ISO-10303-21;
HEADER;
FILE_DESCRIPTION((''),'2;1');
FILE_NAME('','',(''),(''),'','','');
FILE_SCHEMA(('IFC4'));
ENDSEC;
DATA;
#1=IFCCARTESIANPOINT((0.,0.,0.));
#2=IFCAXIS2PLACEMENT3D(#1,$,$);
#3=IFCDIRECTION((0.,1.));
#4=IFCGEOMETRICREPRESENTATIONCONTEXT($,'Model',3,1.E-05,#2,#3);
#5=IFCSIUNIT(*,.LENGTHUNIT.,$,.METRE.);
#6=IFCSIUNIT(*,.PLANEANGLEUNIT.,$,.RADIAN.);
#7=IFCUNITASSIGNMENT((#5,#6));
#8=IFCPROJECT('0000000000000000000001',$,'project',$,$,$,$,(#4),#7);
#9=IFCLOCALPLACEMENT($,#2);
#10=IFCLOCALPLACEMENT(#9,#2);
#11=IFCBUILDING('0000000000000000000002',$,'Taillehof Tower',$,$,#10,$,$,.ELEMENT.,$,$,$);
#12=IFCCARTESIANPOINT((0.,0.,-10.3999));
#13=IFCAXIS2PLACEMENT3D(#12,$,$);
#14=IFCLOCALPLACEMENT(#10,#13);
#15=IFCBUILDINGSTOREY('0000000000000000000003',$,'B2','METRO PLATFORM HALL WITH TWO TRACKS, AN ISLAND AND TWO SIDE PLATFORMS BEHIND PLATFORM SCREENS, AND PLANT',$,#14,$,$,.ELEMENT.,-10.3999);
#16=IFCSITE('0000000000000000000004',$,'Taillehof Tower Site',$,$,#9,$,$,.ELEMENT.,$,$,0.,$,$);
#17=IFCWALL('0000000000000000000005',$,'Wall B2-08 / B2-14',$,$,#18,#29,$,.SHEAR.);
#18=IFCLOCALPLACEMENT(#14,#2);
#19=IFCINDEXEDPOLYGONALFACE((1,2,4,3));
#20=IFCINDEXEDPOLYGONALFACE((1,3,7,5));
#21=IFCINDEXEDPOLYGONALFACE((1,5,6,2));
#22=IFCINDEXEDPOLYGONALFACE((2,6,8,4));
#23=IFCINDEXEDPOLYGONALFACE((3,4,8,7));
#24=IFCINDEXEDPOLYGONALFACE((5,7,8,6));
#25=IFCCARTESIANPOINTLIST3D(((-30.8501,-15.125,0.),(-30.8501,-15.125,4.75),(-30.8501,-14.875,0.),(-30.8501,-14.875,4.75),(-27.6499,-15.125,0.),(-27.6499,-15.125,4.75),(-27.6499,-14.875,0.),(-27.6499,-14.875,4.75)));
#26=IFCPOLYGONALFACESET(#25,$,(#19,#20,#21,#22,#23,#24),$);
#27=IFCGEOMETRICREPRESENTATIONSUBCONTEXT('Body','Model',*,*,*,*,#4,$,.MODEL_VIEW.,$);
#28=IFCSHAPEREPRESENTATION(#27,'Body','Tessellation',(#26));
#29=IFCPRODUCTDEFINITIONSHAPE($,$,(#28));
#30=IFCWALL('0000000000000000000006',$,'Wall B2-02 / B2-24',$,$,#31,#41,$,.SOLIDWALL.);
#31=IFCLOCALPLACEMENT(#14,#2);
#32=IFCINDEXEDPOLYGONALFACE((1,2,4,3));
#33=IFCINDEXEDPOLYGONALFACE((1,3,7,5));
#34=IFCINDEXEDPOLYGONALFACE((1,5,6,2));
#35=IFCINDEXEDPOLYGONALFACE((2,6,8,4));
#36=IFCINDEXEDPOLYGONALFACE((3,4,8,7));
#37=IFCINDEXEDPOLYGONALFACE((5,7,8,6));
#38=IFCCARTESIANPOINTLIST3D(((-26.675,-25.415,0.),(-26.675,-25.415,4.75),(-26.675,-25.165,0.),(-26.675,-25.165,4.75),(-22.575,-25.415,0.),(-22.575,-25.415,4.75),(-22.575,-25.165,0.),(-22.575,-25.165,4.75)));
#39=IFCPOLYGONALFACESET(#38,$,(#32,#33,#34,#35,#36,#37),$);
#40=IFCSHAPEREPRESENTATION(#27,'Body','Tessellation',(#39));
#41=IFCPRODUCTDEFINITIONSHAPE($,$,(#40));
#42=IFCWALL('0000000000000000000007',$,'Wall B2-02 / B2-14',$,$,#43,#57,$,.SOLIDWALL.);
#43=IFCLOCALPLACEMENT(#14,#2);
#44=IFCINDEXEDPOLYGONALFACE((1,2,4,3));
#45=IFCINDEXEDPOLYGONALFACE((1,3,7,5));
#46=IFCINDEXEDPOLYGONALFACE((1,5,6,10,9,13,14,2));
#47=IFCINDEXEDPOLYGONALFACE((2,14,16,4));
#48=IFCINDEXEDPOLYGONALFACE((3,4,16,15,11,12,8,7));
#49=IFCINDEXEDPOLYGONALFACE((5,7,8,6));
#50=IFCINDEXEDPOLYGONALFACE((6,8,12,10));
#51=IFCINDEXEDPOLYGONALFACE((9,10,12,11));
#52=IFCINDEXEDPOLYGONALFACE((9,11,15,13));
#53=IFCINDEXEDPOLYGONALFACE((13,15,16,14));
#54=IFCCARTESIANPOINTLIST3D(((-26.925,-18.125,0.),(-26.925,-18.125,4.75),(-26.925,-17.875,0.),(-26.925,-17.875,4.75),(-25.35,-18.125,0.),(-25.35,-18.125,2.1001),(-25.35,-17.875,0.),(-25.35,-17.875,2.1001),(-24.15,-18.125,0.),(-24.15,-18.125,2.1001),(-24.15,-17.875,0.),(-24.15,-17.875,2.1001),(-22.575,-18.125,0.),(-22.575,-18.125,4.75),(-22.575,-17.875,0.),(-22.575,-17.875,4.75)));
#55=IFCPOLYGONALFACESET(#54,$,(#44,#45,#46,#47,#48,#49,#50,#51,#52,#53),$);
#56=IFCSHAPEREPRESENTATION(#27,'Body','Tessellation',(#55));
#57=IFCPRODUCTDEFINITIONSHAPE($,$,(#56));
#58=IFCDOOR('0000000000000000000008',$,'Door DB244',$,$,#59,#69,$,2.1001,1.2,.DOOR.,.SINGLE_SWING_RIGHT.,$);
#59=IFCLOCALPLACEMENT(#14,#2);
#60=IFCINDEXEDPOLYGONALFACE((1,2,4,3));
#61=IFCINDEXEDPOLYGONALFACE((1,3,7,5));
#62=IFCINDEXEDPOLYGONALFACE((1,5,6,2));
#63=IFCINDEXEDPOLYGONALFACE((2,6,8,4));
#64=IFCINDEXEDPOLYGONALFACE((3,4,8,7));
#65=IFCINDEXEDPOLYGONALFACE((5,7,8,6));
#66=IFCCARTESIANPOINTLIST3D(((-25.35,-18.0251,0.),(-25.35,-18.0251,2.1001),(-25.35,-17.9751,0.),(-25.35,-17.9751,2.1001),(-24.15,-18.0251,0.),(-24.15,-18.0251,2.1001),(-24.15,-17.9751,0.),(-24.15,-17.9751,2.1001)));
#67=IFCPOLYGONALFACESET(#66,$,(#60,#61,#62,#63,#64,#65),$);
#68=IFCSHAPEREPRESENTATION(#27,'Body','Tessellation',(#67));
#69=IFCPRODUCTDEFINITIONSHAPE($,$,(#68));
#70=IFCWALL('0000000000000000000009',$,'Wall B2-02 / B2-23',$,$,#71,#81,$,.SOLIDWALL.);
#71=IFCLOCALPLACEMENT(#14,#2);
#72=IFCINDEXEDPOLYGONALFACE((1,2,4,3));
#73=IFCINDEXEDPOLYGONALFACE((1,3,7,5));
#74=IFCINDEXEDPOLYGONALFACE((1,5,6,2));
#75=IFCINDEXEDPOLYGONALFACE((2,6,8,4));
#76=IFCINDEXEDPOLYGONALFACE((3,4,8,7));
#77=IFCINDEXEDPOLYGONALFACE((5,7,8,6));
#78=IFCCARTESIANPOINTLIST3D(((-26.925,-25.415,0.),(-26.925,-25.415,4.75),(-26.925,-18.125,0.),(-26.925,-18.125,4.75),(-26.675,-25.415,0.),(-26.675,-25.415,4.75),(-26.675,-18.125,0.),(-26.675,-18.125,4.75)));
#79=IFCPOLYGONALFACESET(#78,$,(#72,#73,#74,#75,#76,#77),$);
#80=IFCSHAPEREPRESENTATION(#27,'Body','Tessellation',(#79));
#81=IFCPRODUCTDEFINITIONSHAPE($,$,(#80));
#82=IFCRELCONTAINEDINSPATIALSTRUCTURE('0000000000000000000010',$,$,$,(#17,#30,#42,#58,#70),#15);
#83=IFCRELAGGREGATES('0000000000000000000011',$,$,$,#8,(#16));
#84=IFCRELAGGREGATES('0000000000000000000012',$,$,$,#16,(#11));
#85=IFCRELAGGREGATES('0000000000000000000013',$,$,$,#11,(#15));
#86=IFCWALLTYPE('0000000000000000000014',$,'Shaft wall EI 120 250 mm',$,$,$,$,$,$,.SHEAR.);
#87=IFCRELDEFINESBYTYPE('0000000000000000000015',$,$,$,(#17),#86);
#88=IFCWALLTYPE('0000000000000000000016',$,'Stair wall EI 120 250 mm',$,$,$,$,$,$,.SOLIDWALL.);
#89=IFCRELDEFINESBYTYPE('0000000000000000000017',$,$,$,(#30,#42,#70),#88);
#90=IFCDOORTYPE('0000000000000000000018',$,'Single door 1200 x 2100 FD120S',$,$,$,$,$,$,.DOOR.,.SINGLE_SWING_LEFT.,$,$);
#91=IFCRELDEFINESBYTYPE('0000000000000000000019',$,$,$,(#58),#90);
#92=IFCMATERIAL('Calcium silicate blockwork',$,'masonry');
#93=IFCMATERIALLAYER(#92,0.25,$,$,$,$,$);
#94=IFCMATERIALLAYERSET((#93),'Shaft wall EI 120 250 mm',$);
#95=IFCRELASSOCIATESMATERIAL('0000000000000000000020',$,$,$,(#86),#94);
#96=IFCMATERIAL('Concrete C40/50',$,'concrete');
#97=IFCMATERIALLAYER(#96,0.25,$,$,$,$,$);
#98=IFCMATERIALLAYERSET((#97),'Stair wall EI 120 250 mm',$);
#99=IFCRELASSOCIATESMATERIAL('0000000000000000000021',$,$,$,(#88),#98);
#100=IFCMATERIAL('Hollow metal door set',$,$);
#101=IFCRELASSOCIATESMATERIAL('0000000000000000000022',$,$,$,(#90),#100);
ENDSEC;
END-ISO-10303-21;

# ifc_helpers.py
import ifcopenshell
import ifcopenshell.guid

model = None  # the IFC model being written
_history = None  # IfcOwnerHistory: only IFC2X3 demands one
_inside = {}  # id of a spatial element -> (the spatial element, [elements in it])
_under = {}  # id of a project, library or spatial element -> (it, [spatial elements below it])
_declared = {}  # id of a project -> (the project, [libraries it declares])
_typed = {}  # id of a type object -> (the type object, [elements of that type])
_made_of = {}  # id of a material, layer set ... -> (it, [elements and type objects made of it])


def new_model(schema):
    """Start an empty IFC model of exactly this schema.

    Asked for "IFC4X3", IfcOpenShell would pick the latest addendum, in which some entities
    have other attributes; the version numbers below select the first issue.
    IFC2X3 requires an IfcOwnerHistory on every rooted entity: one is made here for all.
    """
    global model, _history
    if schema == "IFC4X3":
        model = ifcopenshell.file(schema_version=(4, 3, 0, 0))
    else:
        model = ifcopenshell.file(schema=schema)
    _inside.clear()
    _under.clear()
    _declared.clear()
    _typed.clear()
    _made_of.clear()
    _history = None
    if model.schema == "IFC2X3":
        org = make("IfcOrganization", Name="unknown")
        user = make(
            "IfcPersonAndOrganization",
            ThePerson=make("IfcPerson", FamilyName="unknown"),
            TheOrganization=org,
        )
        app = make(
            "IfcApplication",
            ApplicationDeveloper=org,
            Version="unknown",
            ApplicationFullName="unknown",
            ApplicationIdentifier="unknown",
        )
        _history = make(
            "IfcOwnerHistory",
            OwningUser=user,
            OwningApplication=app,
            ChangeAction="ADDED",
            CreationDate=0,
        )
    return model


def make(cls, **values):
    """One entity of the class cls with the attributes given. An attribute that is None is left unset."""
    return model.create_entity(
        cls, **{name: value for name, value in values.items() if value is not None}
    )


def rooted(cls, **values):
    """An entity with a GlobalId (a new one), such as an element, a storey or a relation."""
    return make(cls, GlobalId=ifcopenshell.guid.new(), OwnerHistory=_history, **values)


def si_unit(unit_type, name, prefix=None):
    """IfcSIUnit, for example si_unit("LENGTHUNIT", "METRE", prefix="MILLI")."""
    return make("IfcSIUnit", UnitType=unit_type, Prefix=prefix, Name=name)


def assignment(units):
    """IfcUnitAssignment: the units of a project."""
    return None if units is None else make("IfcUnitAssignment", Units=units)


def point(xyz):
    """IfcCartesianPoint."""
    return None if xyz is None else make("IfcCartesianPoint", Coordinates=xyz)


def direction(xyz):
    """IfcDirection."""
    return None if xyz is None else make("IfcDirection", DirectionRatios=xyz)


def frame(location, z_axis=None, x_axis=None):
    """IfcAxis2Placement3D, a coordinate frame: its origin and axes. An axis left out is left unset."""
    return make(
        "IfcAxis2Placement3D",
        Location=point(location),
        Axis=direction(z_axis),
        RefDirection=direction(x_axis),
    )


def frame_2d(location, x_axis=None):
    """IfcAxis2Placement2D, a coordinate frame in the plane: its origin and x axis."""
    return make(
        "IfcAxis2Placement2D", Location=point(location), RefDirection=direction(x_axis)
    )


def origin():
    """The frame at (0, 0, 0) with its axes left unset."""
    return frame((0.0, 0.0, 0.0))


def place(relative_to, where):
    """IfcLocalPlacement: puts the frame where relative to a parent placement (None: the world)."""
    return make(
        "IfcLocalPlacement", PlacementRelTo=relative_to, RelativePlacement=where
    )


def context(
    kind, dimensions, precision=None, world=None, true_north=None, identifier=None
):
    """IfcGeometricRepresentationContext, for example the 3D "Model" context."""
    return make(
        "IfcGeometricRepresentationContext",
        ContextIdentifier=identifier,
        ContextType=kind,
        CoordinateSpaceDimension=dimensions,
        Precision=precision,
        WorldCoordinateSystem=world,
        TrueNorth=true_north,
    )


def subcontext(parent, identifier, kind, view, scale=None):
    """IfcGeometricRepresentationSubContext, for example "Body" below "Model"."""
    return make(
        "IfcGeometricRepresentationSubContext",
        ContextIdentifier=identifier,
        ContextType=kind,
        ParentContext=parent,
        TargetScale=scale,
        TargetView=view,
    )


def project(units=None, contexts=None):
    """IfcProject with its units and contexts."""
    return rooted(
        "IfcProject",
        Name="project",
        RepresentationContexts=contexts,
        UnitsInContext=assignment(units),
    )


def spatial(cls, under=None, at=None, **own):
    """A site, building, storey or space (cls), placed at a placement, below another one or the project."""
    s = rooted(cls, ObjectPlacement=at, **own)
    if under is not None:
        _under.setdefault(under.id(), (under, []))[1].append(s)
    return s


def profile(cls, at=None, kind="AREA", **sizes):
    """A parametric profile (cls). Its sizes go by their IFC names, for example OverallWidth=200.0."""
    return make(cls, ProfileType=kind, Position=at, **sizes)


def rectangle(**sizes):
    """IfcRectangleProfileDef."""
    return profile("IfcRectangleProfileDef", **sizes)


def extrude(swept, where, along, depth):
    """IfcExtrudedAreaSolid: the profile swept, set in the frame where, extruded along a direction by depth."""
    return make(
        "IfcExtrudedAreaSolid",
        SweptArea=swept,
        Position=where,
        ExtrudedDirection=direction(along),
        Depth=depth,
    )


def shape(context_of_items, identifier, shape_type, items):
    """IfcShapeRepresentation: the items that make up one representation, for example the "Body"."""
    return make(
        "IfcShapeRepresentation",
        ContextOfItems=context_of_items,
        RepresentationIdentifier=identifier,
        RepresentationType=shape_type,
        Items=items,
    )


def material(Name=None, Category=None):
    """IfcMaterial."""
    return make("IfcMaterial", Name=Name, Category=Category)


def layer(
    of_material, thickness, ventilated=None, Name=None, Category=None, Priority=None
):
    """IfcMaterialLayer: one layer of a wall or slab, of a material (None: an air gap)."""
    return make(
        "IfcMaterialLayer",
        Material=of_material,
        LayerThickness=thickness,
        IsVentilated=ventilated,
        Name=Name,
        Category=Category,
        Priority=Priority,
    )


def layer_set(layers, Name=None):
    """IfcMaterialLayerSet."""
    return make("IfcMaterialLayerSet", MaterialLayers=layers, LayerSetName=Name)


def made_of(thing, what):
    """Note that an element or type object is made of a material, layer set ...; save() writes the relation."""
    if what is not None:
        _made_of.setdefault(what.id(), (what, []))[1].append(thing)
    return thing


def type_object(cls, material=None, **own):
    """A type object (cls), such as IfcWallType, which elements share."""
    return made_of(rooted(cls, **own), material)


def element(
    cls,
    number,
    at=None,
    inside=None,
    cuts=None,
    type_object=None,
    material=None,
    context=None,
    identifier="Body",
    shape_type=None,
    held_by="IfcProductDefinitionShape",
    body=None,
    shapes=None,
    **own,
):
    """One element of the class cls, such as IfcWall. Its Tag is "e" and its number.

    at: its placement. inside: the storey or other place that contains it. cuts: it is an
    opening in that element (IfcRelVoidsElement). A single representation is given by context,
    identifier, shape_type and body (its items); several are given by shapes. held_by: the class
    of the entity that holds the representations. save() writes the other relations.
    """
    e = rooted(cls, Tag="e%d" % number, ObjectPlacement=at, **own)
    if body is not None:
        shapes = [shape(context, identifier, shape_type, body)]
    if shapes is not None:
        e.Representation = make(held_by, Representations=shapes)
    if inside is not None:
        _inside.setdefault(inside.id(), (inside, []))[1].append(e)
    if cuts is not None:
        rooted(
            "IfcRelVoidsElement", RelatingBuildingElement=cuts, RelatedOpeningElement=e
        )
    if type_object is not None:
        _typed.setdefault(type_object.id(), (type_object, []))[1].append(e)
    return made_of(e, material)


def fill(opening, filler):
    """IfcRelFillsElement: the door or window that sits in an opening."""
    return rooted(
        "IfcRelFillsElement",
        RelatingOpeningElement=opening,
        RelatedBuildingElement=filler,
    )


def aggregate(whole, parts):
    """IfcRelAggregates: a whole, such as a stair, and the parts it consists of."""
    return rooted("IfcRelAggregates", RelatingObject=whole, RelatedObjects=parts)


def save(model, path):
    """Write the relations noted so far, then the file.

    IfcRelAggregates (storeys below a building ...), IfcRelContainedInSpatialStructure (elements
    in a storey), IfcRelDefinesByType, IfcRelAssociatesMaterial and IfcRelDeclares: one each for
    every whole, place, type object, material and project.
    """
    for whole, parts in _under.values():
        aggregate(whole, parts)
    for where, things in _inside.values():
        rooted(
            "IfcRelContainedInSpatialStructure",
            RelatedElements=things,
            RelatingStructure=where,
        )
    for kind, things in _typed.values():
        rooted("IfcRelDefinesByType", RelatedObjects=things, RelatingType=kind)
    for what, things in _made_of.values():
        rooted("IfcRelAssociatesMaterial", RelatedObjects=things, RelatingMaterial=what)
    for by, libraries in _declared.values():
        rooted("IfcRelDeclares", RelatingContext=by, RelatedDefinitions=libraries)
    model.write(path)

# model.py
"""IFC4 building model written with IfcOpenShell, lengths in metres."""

from ifc_helpers import new_model, si_unit, direction, frame, frame_2d, origin, place, context, subcontext, project, spatial, rectangle, extrude, material, layer, layer_set, type_object, element, fill, save


model = new_model("IFC4")

# Units and contexts
model_context = context("Model", 3, precision=1e-05, world=origin(), true_north=direction((0.0, 1.0)))
body_context = subcontext(model_context, "Body", "Model", "MODEL_VIEW")
ifc_project = project(units=[si_unit("LENGTHUNIT", "METRE"), si_unit("PLANEANGLEUNIT", "RADIAN")], contexts=[model_context])

# Site, building, storey
site_placement = place(None, origin())
site = spatial("IfcSite", under=ifc_project, at=site_placement, Name="Taillehof Tower Site", CompositionType="ELEMENT", RefElevation=0.0)
building_placement = place(site_placement, origin())
building = spatial("IfcBuilding", under=site, at=building_placement, Name="Taillehof Tower", CompositionType="ELEMENT")
storey_placement = place(building_placement, frame((0.0, 0.0, -10.3999)))
storey = spatial("IfcBuildingStorey", under=building, at=storey_placement, Name="B2", Description="METRO PLATFORM HALL WITH TWO TRACKS, AN ISLAND AND TWO SIDE PLATFORMS BEHIND PLATFORM SCREENS, AND PLANT", CompositionType="ELEMENT", Elevation=-10.3999)

# Walls
ifc_material_1 = material(Name="Calcium silicate blockwork", Category="masonry")
ifc_layer_1 = layer(ifc_material_1, 0.25)
ifc_layer_set_1 = layer_set([ifc_layer_1], Name="Shaft wall EI 120 250 mm")
wall_type_1 = type_object("IfcWallType", Name="Shaft wall EI 120 250 mm", PredefinedType="SHEAR", material=ifc_layer_set_1)
wall_1_placement = place(storey_placement, frame((-30.8501, -15.0, 0.0), z_axis=(0.0, 0.0, 1.0), x_axis=(1.0, 0.0, 0.0)))
element("IfcWall", 1, at=wall_1_placement, inside=storey, type_object=wall_type_1, Name="Wall B2-08 / B2-14", PredefinedType="SHEAR", context=body_context, shape_type="SweptSolid", body=[
    extrude(rectangle(XDim=3.2002, YDim=0.25, at=frame_2d((1.6001, 0.0))), origin(), (0.0, 0.0, 1.0), 4.75),
])
ifc_material_2 = material(Name="Concrete C40/50", Category="concrete")
ifc_layer_2 = layer(ifc_material_2, 0.25)
ifc_layer_set_2 = layer_set([ifc_layer_2], Name="Stair wall EI 120 250 mm")
wall_type_2 = type_object("IfcWallType", Name="Stair wall EI 120 250 mm", PredefinedType="SOLIDWALL", material=ifc_layer_set_2)
wall_2_placement = place(storey_placement, frame((-26.675, -25.29, 0.0), z_axis=(0.0, 0.0, 1.0), x_axis=(1.0, 0.0, 0.0)))
element("IfcWall", 2, at=wall_2_placement, inside=storey, type_object=wall_type_2, Name="Wall B2-02 / B2-24", PredefinedType="SOLIDWALL", context=body_context, shape_type="SweptSolid", body=[
    extrude(rectangle(XDim=4.1001, YDim=0.25, at=frame_2d((2.05, 0.0))), origin(), (0.0, 0.0, 1.0), 4.75),
])

# Wall, opening, door
wall_3_placement = place(storey_placement, frame((-26.925, -18.0, 0.0), z_axis=(0.0, 0.0, 1.0), x_axis=(1.0, 0.0, 0.0)))
wall_3 = element("IfcWall", 3, at=wall_3_placement, inside=storey, type_object=wall_type_2, Name="Wall B2-02 / B2-14", PredefinedType="SOLIDWALL", context=body_context, shape_type="SweptSolid", body=[
    extrude(rectangle(XDim=4.3501, YDim=0.25, at=frame_2d((2.175, 0.0))), origin(), (0.0, 0.0, 1.0), 4.75),
])
opening_1_placement = place(wall_3_placement, frame((1.575, 0.0, 0.0)))
opening_1 = element("IfcOpeningElement", 4, at=opening_1_placement, cuts=wall_3, PredefinedType="OPENING", context=body_context, shape_type="SweptSolid", body=[
    extrude(rectangle(XDim=1.2, YDim=2.1001, at=frame_2d((0.6001, 1.05))), frame((0.0, 0.135, 0.0), z_axis=(0.0, -1.0, 0.0), x_axis=(1.0, 0.0, 0.0)), (0.0, 0.0, 1.0), 0.27),
])
ifc_material_3 = material(Name="Hollow metal door set")
door_type_1 = type_object("IfcDoorType", Name="Single door 1200 x 2100 FD120S", OperationType="SINGLE_SWING_LEFT", PredefinedType="DOOR", material=ifc_material_3)
door_1_placement = place(opening_1_placement, origin())
door_1 = element("IfcDoor", 5, at=door_1_placement, inside=storey, type_object=door_type_1, Name="Door DB244", OperationType="SINGLE_SWING_RIGHT", OverallHeight=2.1001, OverallWidth=1.2, PredefinedType="DOOR", context=body_context, shape_type="SweptSolid", body=[
    extrude(rectangle(XDim=1.2, YDim=2.1001, at=frame_2d((0.6001, 1.05))), frame((0.0, 0.0249, 0.0), z_axis=(0.0, -1.0, 0.0), x_axis=(1.0, 0.0, 0.0)), (0.0, 0.0, 1.0), 0.05),
])
fill(opening_1, door_1)

# Wall
wall_4_placement = place(storey_placement, frame((-26.8, -25.415, 0.0), z_axis=(0.0, 0.0, 1.0), x_axis=(0.0, 1.0, 0.0)))
element("IfcWall", 6, at=wall_4_placement, inside=storey, type_object=wall_type_2, Name="Wall B2-02 / B2-23", PredefinedType="SOLIDWALL", context=body_context, shape_type="SweptSolid", body=[
    extrude(rectangle(XDim=7.29, YDim=0.25, at=frame_2d((3.645, 0.0))), origin(), (0.0, 0.0, 1.0), 4.75),
])

save(model, "model.ifc")
